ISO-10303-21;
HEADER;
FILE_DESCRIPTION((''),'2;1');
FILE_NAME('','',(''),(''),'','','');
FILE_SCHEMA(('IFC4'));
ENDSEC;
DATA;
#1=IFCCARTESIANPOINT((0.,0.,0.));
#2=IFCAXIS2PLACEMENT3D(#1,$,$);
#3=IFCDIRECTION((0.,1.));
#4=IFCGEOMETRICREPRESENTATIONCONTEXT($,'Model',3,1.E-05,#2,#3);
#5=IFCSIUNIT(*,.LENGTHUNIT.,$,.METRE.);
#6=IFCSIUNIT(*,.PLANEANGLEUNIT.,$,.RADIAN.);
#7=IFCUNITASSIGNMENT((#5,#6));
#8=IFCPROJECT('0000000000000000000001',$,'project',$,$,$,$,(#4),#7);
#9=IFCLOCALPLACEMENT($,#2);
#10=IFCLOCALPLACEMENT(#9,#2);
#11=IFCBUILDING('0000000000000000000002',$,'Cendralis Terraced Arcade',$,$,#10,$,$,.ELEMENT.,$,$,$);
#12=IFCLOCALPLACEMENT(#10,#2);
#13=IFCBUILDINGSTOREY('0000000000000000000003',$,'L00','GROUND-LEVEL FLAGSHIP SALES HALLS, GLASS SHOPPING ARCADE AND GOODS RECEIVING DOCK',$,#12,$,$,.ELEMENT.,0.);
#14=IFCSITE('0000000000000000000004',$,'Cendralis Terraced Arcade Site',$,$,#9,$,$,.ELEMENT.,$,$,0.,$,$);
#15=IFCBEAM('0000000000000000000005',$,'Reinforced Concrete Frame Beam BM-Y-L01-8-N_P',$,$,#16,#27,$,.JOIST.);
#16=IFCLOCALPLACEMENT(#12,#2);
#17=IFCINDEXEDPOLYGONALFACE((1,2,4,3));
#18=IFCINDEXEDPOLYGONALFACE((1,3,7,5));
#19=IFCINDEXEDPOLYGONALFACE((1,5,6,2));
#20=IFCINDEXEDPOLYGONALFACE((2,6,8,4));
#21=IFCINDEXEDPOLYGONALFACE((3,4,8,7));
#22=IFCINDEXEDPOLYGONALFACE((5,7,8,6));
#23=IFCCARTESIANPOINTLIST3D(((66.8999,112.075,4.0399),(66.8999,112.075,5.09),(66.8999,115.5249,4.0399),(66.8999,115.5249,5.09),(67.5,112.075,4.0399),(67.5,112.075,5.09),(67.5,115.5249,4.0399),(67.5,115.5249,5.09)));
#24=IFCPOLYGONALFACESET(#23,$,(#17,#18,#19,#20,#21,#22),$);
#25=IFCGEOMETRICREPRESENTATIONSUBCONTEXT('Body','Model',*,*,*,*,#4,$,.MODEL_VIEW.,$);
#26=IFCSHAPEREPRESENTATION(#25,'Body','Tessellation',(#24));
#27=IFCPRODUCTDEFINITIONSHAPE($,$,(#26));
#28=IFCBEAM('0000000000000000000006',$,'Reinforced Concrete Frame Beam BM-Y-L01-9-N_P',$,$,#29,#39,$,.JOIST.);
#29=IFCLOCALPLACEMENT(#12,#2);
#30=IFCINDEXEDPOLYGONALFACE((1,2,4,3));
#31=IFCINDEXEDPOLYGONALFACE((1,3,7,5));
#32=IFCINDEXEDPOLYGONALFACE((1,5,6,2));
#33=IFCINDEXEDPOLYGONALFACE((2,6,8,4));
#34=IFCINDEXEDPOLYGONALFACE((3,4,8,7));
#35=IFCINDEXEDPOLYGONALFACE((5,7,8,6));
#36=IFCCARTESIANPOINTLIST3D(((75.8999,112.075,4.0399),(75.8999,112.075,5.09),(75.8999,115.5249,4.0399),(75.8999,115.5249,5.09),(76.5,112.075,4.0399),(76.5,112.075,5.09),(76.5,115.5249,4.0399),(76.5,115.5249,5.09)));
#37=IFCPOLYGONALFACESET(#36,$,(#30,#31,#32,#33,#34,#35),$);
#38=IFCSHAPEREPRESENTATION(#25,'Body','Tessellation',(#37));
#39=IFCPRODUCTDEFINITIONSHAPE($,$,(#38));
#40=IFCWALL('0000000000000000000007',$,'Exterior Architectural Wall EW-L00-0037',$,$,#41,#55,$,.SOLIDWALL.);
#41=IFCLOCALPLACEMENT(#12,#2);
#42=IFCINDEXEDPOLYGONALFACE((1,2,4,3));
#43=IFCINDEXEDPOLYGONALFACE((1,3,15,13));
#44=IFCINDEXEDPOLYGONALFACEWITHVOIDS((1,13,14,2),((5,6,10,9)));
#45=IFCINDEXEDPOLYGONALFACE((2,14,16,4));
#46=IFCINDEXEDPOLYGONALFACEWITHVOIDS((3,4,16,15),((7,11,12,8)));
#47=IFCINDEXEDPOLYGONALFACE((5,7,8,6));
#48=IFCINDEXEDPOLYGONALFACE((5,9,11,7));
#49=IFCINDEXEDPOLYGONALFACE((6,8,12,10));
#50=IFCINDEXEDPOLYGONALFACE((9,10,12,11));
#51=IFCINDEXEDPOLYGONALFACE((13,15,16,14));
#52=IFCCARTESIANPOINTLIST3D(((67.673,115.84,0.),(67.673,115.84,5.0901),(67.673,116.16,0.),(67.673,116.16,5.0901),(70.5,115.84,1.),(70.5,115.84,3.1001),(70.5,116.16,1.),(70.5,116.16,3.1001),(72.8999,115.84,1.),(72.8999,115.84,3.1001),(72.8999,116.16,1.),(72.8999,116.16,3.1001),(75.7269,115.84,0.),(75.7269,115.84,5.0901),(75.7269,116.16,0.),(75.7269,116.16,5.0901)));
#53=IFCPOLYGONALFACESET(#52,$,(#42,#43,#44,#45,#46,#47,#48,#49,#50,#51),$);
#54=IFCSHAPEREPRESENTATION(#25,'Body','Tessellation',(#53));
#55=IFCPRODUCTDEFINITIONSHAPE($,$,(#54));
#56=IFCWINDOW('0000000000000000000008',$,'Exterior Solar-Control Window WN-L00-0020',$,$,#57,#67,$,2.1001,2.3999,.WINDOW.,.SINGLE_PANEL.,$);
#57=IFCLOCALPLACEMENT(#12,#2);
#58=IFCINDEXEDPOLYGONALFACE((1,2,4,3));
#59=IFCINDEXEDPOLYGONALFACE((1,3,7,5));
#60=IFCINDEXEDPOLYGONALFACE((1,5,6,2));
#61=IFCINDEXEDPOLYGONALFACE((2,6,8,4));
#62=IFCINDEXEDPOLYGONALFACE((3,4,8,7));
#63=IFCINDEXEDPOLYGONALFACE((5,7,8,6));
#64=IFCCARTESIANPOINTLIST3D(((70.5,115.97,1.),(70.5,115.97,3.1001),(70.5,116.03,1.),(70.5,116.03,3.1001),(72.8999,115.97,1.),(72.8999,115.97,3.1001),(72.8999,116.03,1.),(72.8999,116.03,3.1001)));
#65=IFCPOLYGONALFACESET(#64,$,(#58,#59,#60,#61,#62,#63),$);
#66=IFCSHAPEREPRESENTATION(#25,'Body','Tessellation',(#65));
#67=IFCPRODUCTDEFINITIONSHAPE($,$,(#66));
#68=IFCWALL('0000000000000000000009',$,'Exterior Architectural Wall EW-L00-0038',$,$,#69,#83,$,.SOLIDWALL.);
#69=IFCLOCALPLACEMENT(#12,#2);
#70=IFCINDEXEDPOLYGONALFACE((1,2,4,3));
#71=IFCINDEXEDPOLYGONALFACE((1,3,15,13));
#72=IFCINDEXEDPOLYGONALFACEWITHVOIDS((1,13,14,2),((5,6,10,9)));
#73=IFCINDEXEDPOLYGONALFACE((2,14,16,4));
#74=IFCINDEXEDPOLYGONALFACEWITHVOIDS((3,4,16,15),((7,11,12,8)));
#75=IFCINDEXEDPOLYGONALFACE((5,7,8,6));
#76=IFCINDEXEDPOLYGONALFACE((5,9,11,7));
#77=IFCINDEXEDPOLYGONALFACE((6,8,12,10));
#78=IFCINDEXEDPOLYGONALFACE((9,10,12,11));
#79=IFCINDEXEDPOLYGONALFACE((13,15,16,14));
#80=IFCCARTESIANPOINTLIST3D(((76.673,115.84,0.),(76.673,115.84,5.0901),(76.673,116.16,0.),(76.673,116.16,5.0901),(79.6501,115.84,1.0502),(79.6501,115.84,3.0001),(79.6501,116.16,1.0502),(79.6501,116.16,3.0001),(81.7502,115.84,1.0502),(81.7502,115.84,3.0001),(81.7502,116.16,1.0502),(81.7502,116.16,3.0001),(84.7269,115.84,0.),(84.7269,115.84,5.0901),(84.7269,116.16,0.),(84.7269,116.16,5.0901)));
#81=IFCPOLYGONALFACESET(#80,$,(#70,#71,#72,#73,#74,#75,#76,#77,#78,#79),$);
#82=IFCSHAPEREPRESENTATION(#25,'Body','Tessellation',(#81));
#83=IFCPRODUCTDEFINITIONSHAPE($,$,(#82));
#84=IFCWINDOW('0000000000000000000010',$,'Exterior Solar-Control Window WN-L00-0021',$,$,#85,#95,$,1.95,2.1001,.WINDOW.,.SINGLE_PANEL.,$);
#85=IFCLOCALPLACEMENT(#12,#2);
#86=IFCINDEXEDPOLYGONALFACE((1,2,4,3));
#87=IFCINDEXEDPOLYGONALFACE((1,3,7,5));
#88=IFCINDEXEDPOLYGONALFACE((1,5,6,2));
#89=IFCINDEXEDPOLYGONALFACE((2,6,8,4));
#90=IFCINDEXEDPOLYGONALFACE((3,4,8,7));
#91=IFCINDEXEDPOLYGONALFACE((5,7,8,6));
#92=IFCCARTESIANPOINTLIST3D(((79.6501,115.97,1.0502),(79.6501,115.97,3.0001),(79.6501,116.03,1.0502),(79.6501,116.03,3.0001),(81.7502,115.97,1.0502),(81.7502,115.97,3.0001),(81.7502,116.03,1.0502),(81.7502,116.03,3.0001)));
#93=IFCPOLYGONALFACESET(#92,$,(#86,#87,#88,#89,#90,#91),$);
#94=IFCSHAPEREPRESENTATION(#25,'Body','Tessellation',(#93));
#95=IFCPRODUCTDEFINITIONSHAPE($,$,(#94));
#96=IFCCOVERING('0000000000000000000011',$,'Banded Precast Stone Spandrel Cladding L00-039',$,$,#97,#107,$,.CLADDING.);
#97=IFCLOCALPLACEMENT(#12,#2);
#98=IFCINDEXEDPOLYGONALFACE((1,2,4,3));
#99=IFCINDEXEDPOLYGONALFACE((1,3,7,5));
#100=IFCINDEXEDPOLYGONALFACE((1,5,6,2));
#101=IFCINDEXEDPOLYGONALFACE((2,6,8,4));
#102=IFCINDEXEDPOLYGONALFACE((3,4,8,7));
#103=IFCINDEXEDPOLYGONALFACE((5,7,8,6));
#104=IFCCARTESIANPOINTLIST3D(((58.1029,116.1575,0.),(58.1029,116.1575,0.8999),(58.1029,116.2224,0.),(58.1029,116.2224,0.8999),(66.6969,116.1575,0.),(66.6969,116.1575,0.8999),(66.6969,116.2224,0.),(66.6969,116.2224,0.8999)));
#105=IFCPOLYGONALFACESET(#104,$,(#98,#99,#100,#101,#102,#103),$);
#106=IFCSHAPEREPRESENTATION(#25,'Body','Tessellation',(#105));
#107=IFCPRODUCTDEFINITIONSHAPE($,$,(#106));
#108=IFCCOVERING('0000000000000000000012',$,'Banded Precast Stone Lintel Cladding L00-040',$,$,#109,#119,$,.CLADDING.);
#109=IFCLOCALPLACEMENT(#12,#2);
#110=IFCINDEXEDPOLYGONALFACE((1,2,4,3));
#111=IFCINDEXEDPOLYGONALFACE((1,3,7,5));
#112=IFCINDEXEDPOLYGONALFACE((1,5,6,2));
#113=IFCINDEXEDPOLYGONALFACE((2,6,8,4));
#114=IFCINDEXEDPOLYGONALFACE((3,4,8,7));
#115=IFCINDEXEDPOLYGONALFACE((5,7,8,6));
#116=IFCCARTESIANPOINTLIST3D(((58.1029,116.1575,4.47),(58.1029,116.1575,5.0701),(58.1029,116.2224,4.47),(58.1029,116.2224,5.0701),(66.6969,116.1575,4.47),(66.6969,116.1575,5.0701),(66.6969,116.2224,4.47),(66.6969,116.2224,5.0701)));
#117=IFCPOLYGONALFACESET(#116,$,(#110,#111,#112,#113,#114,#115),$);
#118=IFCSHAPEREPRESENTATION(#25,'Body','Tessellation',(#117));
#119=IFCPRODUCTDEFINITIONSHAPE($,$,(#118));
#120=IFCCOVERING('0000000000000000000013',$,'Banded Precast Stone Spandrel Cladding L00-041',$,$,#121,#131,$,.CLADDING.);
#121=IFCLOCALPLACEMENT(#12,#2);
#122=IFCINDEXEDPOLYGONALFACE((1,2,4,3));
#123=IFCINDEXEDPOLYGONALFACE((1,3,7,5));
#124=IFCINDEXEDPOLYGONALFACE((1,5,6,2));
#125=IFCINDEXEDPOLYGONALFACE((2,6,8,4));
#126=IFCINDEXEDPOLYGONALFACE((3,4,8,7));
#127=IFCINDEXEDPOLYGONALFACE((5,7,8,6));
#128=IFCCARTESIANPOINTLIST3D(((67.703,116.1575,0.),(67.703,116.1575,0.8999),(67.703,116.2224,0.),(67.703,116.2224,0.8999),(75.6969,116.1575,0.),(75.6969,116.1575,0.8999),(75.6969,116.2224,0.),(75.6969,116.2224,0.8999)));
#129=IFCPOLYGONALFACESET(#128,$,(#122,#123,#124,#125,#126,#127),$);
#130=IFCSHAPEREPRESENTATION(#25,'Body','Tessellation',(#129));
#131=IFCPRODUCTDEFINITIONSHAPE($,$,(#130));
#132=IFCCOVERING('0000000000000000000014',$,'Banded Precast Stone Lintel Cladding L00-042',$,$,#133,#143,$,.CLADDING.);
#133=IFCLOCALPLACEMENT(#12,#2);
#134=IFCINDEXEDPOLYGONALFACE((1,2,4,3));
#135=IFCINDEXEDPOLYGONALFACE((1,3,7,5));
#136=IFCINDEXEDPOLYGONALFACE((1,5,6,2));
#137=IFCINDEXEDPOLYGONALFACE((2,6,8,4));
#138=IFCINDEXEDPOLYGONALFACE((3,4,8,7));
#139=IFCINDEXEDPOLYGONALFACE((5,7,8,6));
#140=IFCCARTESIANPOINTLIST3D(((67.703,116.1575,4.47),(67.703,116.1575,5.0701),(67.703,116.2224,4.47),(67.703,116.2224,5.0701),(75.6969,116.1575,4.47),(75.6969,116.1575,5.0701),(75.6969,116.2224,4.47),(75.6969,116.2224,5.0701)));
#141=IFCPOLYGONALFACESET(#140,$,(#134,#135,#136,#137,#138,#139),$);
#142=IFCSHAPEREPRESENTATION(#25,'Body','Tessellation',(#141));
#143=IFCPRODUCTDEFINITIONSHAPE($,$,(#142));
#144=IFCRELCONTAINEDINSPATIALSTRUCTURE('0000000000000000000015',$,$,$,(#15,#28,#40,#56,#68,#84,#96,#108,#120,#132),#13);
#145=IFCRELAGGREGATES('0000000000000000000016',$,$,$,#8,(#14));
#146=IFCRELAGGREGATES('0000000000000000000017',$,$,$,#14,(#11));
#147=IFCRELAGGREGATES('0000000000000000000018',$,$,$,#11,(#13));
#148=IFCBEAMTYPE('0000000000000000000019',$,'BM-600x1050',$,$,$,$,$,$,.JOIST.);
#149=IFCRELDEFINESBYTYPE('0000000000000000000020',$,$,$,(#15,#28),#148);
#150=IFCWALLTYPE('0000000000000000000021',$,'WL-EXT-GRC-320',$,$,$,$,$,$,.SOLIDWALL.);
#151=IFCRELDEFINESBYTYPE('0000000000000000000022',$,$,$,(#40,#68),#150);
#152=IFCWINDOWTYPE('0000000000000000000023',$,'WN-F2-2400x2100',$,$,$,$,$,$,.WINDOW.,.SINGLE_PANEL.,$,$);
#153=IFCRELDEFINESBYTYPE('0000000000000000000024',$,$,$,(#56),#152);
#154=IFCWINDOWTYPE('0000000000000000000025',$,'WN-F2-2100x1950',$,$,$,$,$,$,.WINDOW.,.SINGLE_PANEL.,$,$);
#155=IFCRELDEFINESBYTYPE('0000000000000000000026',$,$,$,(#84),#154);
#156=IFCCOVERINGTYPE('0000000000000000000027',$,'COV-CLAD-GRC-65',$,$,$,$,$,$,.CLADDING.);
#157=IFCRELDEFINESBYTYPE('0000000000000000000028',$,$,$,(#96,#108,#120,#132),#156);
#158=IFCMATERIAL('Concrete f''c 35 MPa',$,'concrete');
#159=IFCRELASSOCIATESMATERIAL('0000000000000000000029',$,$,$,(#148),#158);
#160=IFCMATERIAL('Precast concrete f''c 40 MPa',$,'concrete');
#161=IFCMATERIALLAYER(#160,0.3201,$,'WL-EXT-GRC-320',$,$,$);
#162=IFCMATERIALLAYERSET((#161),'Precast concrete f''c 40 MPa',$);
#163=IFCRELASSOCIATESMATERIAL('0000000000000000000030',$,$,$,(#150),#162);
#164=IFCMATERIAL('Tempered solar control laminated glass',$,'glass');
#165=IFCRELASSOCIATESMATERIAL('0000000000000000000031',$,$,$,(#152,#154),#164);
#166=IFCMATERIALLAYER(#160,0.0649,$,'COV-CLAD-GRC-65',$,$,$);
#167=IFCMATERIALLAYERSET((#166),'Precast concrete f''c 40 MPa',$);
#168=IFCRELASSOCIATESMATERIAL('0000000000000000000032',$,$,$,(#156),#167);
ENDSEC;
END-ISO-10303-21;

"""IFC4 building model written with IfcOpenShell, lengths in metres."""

from ifc_helpers import new_model, si_unit, direction, frame, frame_2d, origin, origin_2d, place, context, subcontext, project, spatial, rectangle, extrude, material, layer, layer_set, material_profile, profile_set, type_object, element, fill, save


model = new_model("IFC4")

# Units and contexts
model_context = context("Model", 3, precision=1e-05, world=origin(), true_north=direction((0.0, 1.0)))
body_context = subcontext(model_context, "Body", "Model", "MODEL_VIEW")
ifc_project = project(units=[si_unit("LENGTHUNIT", "METRE"), si_unit("PLANEANGLEUNIT", "RADIAN")], contexts=[model_context])

# Site, building, storey
site_placement = place(None, origin())
site = spatial("IfcSite", under=ifc_project, at=site_placement, Name="Cendralis Terraced Arcade Site", CompositionType="ELEMENT", RefElevation=0.0)
building_placement = place(site_placement, origin())
building = spatial("IfcBuilding", under=site, at=building_placement, Name="Cendralis Terraced Arcade", CompositionType="ELEMENT")
storey_placement = place(building_placement, origin())
storey = spatial("IfcBuildingStorey", under=building, at=storey_placement, Name="L00", Description="GROUND-LEVEL FLAGSHIP SALES HALLS, GLASS SHOPPING ARCADE AND GOODS RECEIVING DOCK", CompositionType="ELEMENT", Elevation=0.0)

# Shared definitions
ifc_material_1 = material(Name="Concrete f'c 35 MPa", Category="concrete")

# Beams
ifc_material_profile_1 = material_profile(ifc_material_1, rectangle(XDim=0.6001, YDim=1.05, at=origin_2d()), Name="RC-BM-600x1050", Category="LoadBearing")
ifc_profile_set_1 = profile_set([ifc_material_profile_1], Name="Concrete f'c 35 MPa")
beam_type = type_object("IfcBeamType", Name="BM-600x1050", PredefinedType="JOIST", material=ifc_profile_set_1)
for number, where, z_axis, x_axis, name in (
    (1, (67.2, 112.075, 4.5649), (0.0, 1.0, 0.0), (-1.0, 0.0, 0.0), "Reinforced Concrete Frame Beam BM-Y-L01-8-N_P"),
    (2, (76.2, 112.075, 4.5649), (0.0, 1.0, 0.0), (-1.0, 0.0, 0.0), "Reinforced Concrete Frame Beam BM-Y-L01-9-N_P"),
):
    element("IfcBeam", number, at=place(storey_placement, frame(where, z_axis=z_axis, x_axis=x_axis)), inside=storey, type_object=beam_type, Name=name, PredefinedType="JOIST", context=body_context, shape_type="SweptSolid", body=[
        extrude(rectangle(XDim=0.6001, YDim=1.05, at=origin_2d()), origin(), (0.0, 0.0, 1.0), 3.45),
    ])

# Walls, openings, windows
ifc_material_2 = material(Name="Precast concrete f'c 40 MPa", Category="concrete")
ifc_layer_1 = layer(ifc_material_2, 0.3201, Name="WL-EXT-GRC-320")
ifc_layer_set_1 = layer_set([ifc_layer_1], Name="Precast concrete f'c 40 MPa")
wall_type = type_object("IfcWallType", Name="WL-EXT-GRC-320", PredefinedType="SOLIDWALL", material=ifc_layer_set_1)
wall_1_placement = place(storey_placement, frame((67.6731, 116.0, 0.0), z_axis=(0.0, 0.0, 1.0), x_axis=(1.0, 0.0, 0.0)))
wall_1 = element("IfcWall", 3, at=wall_1_placement, inside=storey, type_object=wall_type, Name="Exterior Architectural Wall EW-L00-0037", PredefinedType="SOLIDWALL", context=body_context, shape_type="SweptSolid", body=[
    extrude(rectangle(XDim=8.054, YDim=0.3201, at=frame_2d((4.0269, 0.0))), origin(), (0.0, 0.0, 1.0), 5.0901),
])
opening_1_placement = place(wall_1_placement, frame((2.8269, 0.0, 1.0)))
opening_1 = element("IfcOpeningElement", 4, at=opening_1_placement, cuts=wall_1, PredefinedType="OPENING", context=body_context, shape_type="SweptSolid", body=[
    extrude(rectangle(XDim=2.3999, YDim=2.1001, at=frame_2d((1.2, 1.05))), frame((0.0, 0.1719, 0.0), z_axis=(0.0, -1.0, 0.0), x_axis=(1.0, 0.0, 0.0)), (0.0, 0.0, 1.0), 0.344),
])
ifc_material_3 = material(Name="Tempered solar control laminated glass", Category="glass")
window_type_1 = type_object("IfcWindowType", Name="WN-F2-2400x2100", PartitioningType="SINGLE_PANEL", PredefinedType="WINDOW", material=ifc_material_3)
window_1_placement = place(opening_1_placement, origin())
window_1 = element("IfcWindow", 5, at=window_1_placement, inside=storey, type_object=window_type_1, Name="Exterior Solar-Control Window WN-L00-0020", OverallHeight=2.1001, OverallWidth=2.3999, PartitioningType="SINGLE_PANEL", PredefinedType="WINDOW", context=body_context, shape_type="SweptSolid", body=[
    extrude(rectangle(XDim=2.3999, YDim=2.1001, at=frame_2d((1.2, 1.05))), frame((0.0, 0.03, 0.0), z_axis=(0.0, -1.0, 0.0), x_axis=(1.0, 0.0, 0.0)), (0.0, 0.0, 1.0), 0.0601),
])
fill(opening_1, window_1)
wall_2_placement = place(storey_placement, frame((76.6731, 116.0, 0.0), z_axis=(0.0, 0.0, 1.0), x_axis=(1.0, 0.0, 0.0)))
wall_2 = element("IfcWall", 6, at=wall_2_placement, inside=storey, type_object=wall_type, Name="Exterior Architectural Wall EW-L00-0038", PredefinedType="SOLIDWALL", context=body_context, shape_type="SweptSolid", body=[
    extrude(rectangle(XDim=8.054, YDim=0.3201, at=frame_2d((4.0269, 0.0))), origin(), (0.0, 0.0, 1.0), 5.0901),
])
opening_2_placement = place(wall_2_placement, frame((2.9771, 0.0, 1.05)))
opening_2 = element("IfcOpeningElement", 7, at=opening_2_placement, cuts=wall_2, PredefinedType="OPENING", context=body_context, shape_type="SweptSolid", body=[
    extrude(rectangle(XDim=2.1001, YDim=1.95, at=frame_2d((1.05, 0.9751))), frame((0.0, 0.1719, 0.0), z_axis=(0.0, -1.0, 0.0), x_axis=(1.0, 0.0, 0.0)), (0.0, 0.0, 1.0), 0.344),
])
window_type_2 = type_object("IfcWindowType", Name="WN-F2-2100x1950", PartitioningType="SINGLE_PANEL", PredefinedType="WINDOW", material=ifc_material_3)
window_2_placement = place(opening_2_placement, origin())
window_2 = element("IfcWindow", 8, at=window_2_placement, inside=storey, type_object=window_type_2, Name="Exterior Solar-Control Window WN-L00-0021", OverallHeight=1.95, OverallWidth=2.1001, PartitioningType="SINGLE_PANEL", PredefinedType="WINDOW", context=body_context, shape_type="SweptSolid", body=[
    extrude(rectangle(XDim=2.1001, YDim=1.95, at=frame_2d((1.05, 0.9751))), frame((0.0, 0.03, 0.0), z_axis=(0.0, -1.0, 0.0), x_axis=(1.0, 0.0, 0.0)), (0.0, 0.0, 1.0), 0.0601),
])
fill(opening_2, window_2)

# Coverings
ifc_layer_2 = layer(ifc_material_2, 0.0649, Name="COV-CLAD-GRC-65")
ifc_layer_set_2 = layer_set([ifc_layer_2], Name="Precast concrete f'c 40 MPa")
covering_type = type_object("IfcCoveringType", Name="COV-CLAD-GRC-65", PredefinedType="CLADDING", material=ifc_layer_set_2)
covering_1_placement = place(storey_placement, frame((62.3999, 116.1899, 0.0), z_axis=(0.0, 0.0, 1.0), x_axis=(1.0, 0.0, 0.0)))
element("IfcCovering", 9, at=covering_1_placement, inside=storey, type_object=covering_type, Name="Banded Precast Stone Spandrel Cladding L00-039", PredefinedType="CLADDING", context=body_context, shape_type="SweptSolid", body=[
    extrude(rectangle(XDim=8.594, YDim=0.0649, at=origin_2d()), origin(), (0.0, 0.0, 1.0), 0.8999),
])
covering_2_placement = place(storey_placement, frame((62.3999, 116.1899, 4.47), z_axis=(0.0, 0.0, 1.0), x_axis=(1.0, 0.0, 0.0)))
element("IfcCovering", 10, at=covering_2_placement, inside=storey, type_object=covering_type, Name="Banded Precast Stone Lintel Cladding L00-040", PredefinedType="CLADDING", context=body_context, shape_type="SweptSolid", body=[
    extrude(rectangle(XDim=8.594, YDim=0.0649, at=origin_2d()), origin(), (0.0, 0.0, 1.0), 0.6001),
])
covering_3_placement = place(storey_placement, frame((71.7, 116.1899, 0.0), z_axis=(0.0, 0.0, 1.0), x_axis=(1.0, 0.0, 0.0)))
element("IfcCovering", 11, at=covering_3_placement, inside=storey, type_object=covering_type, Name="Banded Precast Stone Spandrel Cladding L00-041", PredefinedType="CLADDING", context=body_context, shape_type="SweptSolid", body=[
    extrude(rectangle(XDim=7.9939, YDim=0.0649, at=origin_2d()), origin(), (0.0, 0.0, 1.0), 0.8999),
])
covering_4_placement = place(storey_placement, frame((71.7, 116.1899, 4.47), z_axis=(0.0, 0.0, 1.0), x_axis=(1.0, 0.0, 0.0)))
element("IfcCovering", 12, at=covering_4_placement, inside=storey, type_object=covering_type, Name="Banded Precast Stone Lintel Cladding L00-042", PredefinedType="CLADDING", context=body_context, shape_type="SweptSolid", body=[
    extrude(rectangle(XDim=7.9939, YDim=0.0649, at=origin_2d()), origin(), (0.0, 0.0, 1.0), 0.6001),
])

save(model, "model.ifc")
